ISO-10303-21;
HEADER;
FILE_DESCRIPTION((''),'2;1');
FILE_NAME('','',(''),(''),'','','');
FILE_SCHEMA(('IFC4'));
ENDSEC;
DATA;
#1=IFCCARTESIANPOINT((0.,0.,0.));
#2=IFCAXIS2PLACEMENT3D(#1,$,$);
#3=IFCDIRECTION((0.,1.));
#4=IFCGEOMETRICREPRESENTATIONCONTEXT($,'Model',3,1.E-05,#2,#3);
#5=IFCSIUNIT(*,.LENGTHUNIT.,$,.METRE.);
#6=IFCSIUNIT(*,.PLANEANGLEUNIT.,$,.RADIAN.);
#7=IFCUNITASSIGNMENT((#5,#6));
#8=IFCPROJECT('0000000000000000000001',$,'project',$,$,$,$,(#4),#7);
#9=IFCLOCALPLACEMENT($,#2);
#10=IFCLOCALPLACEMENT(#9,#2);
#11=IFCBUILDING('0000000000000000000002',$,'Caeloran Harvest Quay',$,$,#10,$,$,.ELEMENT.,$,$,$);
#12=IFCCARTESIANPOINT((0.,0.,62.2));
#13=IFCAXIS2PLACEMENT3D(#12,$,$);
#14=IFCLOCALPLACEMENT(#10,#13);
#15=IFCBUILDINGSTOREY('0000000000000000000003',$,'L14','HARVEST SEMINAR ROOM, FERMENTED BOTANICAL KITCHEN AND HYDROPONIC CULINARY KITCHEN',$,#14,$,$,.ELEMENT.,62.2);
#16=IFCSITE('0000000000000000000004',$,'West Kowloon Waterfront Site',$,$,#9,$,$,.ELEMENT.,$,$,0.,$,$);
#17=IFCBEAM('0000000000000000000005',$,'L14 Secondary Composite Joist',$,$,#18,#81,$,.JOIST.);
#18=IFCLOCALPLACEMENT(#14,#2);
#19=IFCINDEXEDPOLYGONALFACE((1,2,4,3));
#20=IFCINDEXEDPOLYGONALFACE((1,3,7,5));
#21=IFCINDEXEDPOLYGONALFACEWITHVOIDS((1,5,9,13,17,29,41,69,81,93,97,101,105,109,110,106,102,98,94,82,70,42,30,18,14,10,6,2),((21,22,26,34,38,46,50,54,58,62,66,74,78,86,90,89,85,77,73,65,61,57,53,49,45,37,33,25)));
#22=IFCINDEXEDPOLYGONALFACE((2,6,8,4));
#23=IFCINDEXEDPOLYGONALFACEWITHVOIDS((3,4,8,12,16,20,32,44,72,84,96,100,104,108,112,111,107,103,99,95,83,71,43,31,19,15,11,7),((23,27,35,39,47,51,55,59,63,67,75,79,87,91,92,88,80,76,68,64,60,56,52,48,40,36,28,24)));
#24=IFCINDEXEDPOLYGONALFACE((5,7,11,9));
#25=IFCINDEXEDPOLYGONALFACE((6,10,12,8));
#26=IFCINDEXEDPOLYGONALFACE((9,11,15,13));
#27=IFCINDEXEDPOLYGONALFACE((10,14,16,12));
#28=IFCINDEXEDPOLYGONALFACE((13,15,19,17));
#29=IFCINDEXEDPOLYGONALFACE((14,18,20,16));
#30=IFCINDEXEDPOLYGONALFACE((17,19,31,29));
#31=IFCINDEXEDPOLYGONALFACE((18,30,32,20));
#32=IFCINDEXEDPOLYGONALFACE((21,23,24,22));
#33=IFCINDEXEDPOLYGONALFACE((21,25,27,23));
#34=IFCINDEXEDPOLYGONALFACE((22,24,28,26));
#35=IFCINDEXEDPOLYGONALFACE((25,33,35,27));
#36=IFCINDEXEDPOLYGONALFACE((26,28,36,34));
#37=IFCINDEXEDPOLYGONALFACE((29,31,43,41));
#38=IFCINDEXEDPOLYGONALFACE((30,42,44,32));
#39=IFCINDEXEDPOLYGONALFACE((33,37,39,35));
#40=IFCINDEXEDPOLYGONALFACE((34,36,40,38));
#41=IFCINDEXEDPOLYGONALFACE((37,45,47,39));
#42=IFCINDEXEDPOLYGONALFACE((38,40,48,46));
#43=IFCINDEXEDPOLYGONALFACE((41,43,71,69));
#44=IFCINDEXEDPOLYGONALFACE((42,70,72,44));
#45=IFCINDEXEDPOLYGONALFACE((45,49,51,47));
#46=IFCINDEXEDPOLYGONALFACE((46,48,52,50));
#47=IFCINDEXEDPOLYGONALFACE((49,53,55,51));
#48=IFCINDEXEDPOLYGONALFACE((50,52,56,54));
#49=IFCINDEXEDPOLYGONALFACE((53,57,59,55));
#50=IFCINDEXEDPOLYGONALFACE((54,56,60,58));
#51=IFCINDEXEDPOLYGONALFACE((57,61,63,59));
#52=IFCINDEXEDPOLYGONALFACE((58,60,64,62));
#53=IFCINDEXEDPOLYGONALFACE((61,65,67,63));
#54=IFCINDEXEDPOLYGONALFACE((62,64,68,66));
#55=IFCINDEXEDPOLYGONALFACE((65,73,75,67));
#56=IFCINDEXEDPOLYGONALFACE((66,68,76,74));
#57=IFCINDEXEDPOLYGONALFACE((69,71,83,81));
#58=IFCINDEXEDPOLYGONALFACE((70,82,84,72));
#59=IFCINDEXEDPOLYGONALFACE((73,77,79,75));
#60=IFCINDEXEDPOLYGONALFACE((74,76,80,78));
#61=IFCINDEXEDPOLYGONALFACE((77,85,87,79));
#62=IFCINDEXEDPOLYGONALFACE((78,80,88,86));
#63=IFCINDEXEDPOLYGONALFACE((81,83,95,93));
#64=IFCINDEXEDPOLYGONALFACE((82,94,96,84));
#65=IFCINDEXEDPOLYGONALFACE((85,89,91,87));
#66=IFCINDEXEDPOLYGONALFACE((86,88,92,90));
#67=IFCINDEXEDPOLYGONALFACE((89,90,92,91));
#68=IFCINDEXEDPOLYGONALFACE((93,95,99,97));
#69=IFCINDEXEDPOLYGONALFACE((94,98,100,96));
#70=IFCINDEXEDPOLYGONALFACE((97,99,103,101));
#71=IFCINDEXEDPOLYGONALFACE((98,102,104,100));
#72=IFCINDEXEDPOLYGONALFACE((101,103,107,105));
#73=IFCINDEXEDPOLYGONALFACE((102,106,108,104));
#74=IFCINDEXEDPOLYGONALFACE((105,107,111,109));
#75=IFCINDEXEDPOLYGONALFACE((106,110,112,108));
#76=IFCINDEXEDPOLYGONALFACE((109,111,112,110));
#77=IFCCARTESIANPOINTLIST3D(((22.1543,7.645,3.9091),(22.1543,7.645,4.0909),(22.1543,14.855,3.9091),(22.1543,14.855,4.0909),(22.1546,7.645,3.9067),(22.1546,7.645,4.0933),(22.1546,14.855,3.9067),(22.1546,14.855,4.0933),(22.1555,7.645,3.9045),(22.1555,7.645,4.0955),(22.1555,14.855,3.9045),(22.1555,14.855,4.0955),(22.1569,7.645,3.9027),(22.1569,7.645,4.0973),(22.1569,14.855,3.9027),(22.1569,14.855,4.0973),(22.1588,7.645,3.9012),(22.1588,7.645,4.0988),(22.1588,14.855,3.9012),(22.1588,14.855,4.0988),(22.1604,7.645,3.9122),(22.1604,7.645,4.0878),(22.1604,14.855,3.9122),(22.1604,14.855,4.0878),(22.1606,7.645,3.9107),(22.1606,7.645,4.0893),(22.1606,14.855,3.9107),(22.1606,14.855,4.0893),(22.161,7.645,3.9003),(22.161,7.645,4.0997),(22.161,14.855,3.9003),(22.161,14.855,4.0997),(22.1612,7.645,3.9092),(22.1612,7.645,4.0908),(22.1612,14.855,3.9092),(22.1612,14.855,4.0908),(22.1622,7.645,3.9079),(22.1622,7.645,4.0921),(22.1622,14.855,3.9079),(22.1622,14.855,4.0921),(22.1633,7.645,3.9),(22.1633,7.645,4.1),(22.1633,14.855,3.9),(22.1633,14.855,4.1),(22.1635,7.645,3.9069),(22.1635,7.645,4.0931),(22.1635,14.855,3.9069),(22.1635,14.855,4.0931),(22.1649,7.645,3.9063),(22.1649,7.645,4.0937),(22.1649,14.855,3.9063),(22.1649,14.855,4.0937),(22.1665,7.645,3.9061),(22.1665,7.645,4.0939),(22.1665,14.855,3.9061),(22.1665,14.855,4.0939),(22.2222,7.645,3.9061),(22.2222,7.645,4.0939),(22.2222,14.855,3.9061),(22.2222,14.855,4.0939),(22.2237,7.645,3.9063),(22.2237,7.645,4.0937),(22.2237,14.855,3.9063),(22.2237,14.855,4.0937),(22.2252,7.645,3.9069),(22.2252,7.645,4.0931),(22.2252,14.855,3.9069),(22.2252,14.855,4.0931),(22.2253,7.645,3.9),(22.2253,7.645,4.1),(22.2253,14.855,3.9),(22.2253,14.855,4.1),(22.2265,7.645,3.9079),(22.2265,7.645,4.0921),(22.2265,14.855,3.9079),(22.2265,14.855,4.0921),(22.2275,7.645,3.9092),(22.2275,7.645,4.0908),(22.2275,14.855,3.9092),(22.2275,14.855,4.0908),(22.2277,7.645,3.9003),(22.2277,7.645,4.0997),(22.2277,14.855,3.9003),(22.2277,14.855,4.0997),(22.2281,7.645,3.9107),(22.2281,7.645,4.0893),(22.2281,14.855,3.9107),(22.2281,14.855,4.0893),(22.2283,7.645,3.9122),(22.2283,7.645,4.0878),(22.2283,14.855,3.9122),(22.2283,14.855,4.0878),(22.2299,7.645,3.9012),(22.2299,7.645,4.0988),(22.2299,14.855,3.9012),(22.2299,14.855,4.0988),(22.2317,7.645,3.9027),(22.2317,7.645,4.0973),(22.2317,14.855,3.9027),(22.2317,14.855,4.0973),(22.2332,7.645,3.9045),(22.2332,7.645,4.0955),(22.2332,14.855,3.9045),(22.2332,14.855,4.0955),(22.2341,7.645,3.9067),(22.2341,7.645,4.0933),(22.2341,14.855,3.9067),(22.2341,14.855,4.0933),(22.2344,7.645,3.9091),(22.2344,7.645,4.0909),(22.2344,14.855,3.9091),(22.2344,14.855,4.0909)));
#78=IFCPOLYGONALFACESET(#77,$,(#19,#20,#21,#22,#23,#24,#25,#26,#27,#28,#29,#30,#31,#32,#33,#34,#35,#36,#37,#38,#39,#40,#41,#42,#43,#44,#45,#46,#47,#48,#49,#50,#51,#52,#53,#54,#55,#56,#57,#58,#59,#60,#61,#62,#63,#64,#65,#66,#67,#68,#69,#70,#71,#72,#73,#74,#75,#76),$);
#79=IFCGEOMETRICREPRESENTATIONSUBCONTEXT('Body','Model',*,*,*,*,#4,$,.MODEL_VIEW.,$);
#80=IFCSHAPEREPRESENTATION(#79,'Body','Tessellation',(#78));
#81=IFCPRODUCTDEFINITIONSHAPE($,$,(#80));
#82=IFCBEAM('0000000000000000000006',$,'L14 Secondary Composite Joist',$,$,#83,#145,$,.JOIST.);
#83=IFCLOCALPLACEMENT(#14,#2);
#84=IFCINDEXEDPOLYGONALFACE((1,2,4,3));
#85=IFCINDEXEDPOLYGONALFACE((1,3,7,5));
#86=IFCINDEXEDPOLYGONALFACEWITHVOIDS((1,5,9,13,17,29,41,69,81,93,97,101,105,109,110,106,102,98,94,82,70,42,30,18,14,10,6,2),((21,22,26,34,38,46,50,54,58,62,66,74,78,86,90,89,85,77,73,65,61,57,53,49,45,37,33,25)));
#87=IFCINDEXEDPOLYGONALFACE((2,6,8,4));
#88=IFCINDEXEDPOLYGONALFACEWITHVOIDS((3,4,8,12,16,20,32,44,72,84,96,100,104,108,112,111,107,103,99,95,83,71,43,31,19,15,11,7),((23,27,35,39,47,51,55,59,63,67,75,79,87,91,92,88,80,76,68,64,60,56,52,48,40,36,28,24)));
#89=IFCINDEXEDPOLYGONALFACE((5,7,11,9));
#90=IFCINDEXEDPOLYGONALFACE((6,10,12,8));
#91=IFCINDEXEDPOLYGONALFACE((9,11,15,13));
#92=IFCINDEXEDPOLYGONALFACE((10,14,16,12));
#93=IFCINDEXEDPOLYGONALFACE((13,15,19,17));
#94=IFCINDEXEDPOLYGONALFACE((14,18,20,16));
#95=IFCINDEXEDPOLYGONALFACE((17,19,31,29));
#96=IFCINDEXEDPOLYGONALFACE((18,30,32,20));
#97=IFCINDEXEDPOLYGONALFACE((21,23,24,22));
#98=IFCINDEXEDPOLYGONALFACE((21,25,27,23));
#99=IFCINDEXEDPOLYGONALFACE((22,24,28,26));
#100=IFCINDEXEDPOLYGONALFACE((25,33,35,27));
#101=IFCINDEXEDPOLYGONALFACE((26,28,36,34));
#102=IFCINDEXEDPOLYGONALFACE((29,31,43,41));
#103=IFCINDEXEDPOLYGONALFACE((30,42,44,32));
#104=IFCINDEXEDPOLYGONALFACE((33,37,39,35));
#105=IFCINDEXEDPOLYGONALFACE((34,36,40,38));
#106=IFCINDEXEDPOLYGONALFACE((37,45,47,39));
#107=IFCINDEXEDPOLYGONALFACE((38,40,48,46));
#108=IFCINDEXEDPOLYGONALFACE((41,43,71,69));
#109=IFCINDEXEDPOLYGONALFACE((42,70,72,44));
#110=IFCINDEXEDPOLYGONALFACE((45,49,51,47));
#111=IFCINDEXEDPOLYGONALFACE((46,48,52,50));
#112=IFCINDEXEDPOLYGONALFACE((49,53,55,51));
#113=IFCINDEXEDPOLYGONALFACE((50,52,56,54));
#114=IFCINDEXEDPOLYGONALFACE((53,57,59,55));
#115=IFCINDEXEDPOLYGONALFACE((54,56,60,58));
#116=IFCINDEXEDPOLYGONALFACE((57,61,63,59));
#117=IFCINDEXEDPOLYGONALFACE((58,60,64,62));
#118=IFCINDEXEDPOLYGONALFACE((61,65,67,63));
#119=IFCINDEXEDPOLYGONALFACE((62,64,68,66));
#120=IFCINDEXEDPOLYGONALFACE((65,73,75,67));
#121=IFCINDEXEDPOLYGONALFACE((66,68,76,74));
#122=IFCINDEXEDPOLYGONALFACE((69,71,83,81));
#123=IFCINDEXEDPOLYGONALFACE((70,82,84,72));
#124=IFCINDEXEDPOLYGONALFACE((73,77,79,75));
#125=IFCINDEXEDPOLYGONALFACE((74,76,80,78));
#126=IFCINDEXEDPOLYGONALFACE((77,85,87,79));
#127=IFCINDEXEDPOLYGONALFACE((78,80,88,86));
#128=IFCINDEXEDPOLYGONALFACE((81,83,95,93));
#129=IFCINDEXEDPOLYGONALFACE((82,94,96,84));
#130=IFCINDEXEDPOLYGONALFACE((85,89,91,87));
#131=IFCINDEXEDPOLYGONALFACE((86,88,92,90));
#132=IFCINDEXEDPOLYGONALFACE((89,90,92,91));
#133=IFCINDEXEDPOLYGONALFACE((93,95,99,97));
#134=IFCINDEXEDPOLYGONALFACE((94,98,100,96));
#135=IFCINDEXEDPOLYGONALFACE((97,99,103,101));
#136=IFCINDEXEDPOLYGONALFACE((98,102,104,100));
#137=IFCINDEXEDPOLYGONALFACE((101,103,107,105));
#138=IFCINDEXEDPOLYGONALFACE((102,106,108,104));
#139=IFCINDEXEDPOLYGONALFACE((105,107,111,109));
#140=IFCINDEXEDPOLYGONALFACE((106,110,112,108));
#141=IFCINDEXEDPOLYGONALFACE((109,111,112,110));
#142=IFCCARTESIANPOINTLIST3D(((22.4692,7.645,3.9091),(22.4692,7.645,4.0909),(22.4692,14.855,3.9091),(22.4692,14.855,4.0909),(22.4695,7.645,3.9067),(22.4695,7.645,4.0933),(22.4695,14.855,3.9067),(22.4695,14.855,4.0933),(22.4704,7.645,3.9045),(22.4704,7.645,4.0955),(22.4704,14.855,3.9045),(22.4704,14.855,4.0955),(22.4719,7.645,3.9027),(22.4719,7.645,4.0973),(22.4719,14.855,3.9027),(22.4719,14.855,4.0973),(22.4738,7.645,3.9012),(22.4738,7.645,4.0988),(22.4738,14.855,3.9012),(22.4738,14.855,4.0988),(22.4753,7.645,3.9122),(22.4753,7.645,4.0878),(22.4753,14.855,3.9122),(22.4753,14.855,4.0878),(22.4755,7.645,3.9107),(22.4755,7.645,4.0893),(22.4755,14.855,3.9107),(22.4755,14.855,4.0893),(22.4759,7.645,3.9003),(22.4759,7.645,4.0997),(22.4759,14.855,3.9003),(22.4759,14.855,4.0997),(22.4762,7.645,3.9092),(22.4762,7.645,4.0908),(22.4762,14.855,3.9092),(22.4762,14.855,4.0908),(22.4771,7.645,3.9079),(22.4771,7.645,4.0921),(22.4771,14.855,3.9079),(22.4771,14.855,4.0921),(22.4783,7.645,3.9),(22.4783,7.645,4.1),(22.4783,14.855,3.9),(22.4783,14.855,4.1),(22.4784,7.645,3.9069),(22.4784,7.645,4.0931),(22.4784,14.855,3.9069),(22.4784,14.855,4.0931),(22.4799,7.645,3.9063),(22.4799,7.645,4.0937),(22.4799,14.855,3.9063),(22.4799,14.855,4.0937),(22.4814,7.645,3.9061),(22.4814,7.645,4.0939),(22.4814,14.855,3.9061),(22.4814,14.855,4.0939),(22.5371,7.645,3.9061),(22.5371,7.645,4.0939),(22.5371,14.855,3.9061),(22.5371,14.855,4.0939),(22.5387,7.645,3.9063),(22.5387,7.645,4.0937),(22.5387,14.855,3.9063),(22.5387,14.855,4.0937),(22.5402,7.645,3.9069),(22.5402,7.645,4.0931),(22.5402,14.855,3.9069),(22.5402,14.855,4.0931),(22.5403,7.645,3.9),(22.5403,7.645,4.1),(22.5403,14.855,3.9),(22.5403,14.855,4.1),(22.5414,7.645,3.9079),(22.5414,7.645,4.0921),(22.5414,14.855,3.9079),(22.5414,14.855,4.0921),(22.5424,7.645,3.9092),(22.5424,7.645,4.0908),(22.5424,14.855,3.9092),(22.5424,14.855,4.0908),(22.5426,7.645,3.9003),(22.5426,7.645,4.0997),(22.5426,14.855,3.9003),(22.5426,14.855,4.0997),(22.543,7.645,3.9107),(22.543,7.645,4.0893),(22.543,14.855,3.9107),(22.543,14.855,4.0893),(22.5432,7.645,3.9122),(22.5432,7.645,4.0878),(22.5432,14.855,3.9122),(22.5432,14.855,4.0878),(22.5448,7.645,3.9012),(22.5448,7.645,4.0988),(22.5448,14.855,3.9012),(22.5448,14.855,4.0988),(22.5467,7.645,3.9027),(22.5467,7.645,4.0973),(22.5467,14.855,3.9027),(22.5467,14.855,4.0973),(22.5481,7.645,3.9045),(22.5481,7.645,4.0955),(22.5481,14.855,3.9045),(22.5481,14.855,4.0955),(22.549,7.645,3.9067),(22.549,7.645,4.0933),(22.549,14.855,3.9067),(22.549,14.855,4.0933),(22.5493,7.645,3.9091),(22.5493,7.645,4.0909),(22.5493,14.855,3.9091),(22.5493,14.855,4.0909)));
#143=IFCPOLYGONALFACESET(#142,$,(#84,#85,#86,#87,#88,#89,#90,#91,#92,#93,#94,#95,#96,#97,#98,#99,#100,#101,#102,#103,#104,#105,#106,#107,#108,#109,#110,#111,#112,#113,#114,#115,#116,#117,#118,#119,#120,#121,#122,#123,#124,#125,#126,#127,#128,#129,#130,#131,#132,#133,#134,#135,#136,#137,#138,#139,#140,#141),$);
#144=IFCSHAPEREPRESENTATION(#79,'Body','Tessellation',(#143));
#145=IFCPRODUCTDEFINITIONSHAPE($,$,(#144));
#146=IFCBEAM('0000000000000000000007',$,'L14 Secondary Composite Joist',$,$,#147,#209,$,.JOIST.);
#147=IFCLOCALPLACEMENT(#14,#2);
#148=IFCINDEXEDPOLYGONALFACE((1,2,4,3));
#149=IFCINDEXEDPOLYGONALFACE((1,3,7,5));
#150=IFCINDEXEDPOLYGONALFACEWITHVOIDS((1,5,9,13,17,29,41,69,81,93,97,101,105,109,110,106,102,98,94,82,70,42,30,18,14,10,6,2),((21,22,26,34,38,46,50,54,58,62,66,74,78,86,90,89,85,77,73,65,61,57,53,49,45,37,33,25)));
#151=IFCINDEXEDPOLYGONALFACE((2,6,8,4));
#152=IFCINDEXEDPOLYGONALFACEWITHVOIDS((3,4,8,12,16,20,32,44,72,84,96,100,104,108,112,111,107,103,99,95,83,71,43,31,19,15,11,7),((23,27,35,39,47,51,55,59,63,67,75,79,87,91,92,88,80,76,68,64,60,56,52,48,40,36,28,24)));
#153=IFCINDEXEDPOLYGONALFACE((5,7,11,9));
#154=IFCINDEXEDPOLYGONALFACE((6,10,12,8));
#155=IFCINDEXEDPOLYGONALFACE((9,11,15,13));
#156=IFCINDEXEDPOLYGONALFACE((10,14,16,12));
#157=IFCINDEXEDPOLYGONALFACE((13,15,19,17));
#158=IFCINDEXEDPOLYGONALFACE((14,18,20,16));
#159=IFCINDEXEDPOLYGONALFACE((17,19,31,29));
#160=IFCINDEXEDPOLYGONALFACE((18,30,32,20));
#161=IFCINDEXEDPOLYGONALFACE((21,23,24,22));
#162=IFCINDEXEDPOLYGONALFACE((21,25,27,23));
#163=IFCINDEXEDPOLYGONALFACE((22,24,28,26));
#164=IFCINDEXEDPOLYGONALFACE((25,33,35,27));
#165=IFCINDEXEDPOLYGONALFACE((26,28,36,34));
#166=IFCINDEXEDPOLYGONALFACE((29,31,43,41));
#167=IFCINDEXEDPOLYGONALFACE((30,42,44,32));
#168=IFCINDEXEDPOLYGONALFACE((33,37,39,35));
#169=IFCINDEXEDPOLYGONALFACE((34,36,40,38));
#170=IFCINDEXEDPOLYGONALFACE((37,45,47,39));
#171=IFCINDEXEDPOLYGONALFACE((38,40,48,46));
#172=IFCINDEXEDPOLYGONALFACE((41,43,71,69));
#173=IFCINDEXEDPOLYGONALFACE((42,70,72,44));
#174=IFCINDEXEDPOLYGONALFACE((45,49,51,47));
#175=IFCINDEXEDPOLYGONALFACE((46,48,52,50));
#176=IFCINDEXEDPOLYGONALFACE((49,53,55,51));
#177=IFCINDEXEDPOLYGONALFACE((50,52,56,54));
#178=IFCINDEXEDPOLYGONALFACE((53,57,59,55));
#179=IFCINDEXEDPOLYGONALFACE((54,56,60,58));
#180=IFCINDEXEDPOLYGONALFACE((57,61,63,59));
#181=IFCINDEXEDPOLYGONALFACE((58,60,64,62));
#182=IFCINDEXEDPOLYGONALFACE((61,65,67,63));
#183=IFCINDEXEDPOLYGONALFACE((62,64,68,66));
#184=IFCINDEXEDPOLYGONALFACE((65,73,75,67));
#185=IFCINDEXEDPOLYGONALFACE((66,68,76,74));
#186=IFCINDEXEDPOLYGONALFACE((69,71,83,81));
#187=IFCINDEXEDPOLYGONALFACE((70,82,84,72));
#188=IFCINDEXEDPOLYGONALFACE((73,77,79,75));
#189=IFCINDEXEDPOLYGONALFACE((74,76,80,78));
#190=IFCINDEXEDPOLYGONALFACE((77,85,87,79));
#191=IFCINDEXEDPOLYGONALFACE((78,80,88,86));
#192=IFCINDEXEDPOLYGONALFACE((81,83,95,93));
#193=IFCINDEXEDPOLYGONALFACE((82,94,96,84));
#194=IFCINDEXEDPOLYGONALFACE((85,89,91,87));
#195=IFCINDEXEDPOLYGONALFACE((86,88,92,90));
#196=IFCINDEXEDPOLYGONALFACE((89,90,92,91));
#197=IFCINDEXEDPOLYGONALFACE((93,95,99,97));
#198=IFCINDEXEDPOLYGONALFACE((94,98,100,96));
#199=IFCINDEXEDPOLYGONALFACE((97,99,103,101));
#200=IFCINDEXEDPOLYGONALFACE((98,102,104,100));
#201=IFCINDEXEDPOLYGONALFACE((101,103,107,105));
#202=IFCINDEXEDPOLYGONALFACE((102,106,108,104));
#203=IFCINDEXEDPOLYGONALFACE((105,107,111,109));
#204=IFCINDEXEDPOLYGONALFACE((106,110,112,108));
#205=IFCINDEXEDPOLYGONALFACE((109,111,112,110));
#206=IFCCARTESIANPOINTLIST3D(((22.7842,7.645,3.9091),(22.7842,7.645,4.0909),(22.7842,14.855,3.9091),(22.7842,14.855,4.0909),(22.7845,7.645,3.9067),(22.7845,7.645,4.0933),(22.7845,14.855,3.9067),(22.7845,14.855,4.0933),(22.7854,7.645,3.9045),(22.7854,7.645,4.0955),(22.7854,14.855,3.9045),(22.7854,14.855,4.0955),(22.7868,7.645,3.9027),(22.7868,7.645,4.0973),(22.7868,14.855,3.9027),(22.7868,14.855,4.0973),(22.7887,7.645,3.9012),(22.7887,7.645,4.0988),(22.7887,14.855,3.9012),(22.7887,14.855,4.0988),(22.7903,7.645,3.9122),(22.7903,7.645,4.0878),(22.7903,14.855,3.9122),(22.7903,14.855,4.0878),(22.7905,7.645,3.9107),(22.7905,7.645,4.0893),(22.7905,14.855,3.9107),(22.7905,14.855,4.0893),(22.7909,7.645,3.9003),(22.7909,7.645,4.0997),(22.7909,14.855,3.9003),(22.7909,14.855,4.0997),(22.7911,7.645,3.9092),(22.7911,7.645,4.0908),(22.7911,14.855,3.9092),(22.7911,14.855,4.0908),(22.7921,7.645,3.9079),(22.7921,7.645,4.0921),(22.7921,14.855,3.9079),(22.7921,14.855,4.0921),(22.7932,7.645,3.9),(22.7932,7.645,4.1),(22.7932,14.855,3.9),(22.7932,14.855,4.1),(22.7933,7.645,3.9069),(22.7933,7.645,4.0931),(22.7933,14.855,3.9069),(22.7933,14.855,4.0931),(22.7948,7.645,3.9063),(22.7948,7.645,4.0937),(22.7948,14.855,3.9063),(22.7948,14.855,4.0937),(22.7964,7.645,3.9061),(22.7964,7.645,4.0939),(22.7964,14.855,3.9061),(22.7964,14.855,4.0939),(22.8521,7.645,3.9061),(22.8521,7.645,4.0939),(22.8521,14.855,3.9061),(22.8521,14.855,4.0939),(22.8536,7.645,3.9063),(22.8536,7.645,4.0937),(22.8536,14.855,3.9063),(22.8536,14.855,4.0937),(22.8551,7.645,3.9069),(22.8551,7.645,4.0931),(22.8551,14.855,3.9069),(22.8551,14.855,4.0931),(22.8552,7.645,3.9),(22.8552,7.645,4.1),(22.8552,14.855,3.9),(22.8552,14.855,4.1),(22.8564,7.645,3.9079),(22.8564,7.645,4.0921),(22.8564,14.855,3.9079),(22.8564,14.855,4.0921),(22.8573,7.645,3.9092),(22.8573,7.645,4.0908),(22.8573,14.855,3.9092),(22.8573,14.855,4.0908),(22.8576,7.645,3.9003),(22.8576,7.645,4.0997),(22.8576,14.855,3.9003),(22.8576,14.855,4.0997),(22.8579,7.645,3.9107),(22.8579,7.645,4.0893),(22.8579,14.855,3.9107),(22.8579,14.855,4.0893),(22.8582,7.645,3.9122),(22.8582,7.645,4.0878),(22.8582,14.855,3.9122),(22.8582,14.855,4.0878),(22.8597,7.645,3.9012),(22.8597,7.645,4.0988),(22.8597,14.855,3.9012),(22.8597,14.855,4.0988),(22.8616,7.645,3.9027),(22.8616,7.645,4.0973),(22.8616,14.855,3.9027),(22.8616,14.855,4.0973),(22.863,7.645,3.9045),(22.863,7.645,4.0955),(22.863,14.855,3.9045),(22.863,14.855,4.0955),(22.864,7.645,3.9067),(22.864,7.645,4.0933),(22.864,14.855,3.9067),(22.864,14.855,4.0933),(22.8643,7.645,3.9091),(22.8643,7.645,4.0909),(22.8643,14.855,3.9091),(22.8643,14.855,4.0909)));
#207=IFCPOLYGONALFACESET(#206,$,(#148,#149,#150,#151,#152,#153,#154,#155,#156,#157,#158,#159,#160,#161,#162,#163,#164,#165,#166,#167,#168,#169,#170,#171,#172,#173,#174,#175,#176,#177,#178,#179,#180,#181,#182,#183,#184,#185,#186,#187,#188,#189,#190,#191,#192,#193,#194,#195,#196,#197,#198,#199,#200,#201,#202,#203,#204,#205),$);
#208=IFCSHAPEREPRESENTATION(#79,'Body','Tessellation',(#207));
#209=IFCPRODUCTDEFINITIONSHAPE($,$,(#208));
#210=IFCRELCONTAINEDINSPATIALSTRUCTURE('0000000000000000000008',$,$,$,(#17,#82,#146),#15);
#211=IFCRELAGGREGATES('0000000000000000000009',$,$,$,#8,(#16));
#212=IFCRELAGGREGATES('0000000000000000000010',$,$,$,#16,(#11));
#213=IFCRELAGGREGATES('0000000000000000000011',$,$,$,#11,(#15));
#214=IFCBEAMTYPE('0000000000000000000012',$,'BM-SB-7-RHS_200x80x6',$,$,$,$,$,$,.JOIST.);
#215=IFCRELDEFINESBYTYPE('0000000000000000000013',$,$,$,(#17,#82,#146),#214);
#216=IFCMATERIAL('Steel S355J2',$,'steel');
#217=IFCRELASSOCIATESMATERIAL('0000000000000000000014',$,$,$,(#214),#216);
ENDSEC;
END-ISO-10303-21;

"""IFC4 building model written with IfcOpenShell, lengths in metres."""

from ifc_helpers import new_model, si_unit, direction, frame, origin, origin_2d, place, context, subcontext, project, spatial, hollow_rectangle, extrude, material, material_profile, profile_set, type_object, element, save


model = new_model("IFC4")

# Units and contexts
model_context = context("Model", 3, precision=1e-05, world=origin(), true_north=direction((0.0, 1.0)))
body_context = subcontext(model_context, "Body", "Model", "MODEL_VIEW")
ifc_project = project(units=[si_unit("LENGTHUNIT", "METRE"), si_unit("PLANEANGLEUNIT", "RADIAN")], contexts=[model_context])

# Site, building, storey
site_placement = place(None, origin())
site = spatial("IfcSite", under=ifc_project, at=site_placement, Name="West Kowloon Waterfront Site", CompositionType="ELEMENT", RefElevation=0.0)
building_placement = place(site_placement, origin())
building = spatial("IfcBuilding", under=site, at=building_placement, Name="Caeloran Harvest Quay", CompositionType="ELEMENT")
storey_placement = place(building_placement, frame((0.0, 0.0, 62.2)))
storey = spatial("IfcBuildingStorey", under=building, at=storey_placement, Name="L14", Description="HARVEST SEMINAR ROOM, FERMENTED BOTANICAL KITCHEN AND HYDROPONIC CULINARY KITCHEN", CompositionType="ELEMENT", Elevation=62.2)

# Beams
ifc_material_1 = material(Name="Steel S355J2", Category="steel")
ifc_material_profile_1 = material_profile(ifc_material_1, hollow_rectangle(XDim=0.0801, YDim=0.2, WallThickness=0.0061, InnerFilletRadius=0.0061, OuterFilletRadius=0.009, at=origin_2d()), Name="RHS 200x80x6")
ifc_profile_set_1 = profile_set([ifc_material_profile_1], Name="Steel S355J2")
beam_type_1 = type_object("IfcBeamType", Name="BM-SB-7-RHS_200x80x6", PredefinedType="JOIST", material=ifc_profile_set_1)
for number, where, z_axis, x_axis, name in (
    (1, (22.1943, 7.645, 4.0), (0.0, 1.0, 0.0), (-1.0, 0.0, 0.0), "L14 Secondary Composite Joist"),
    (2, (22.5093, 7.645, 4.0), (0.0, 1.0, 0.0), (-1.0, 0.0, 0.0), "L14 Secondary Composite Joist"),
    (3, (22.8242, 7.645, 4.0), (0.0, 1.0, 0.0), (-1.0, 0.0, 0.0), "L14 Secondary Composite Joist"),
):
    element("IfcBeam", number, at=place(storey_placement, frame(where, z_axis=z_axis, x_axis=x_axis)), inside=storey, type_object=beam_type_1, Name=name, PredefinedType="JOIST", context=body_context, shape_type="SweptSolid", body=[
        extrude(hollow_rectangle(XDim=0.0801, YDim=0.2, WallThickness=0.0061, InnerFilletRadius=0.0061, OuterFilletRadius=0.009, at=origin_2d()), origin(), (0.0, 0.0, 1.0), 7.21),
    ])

save(model, "model.ifc")
